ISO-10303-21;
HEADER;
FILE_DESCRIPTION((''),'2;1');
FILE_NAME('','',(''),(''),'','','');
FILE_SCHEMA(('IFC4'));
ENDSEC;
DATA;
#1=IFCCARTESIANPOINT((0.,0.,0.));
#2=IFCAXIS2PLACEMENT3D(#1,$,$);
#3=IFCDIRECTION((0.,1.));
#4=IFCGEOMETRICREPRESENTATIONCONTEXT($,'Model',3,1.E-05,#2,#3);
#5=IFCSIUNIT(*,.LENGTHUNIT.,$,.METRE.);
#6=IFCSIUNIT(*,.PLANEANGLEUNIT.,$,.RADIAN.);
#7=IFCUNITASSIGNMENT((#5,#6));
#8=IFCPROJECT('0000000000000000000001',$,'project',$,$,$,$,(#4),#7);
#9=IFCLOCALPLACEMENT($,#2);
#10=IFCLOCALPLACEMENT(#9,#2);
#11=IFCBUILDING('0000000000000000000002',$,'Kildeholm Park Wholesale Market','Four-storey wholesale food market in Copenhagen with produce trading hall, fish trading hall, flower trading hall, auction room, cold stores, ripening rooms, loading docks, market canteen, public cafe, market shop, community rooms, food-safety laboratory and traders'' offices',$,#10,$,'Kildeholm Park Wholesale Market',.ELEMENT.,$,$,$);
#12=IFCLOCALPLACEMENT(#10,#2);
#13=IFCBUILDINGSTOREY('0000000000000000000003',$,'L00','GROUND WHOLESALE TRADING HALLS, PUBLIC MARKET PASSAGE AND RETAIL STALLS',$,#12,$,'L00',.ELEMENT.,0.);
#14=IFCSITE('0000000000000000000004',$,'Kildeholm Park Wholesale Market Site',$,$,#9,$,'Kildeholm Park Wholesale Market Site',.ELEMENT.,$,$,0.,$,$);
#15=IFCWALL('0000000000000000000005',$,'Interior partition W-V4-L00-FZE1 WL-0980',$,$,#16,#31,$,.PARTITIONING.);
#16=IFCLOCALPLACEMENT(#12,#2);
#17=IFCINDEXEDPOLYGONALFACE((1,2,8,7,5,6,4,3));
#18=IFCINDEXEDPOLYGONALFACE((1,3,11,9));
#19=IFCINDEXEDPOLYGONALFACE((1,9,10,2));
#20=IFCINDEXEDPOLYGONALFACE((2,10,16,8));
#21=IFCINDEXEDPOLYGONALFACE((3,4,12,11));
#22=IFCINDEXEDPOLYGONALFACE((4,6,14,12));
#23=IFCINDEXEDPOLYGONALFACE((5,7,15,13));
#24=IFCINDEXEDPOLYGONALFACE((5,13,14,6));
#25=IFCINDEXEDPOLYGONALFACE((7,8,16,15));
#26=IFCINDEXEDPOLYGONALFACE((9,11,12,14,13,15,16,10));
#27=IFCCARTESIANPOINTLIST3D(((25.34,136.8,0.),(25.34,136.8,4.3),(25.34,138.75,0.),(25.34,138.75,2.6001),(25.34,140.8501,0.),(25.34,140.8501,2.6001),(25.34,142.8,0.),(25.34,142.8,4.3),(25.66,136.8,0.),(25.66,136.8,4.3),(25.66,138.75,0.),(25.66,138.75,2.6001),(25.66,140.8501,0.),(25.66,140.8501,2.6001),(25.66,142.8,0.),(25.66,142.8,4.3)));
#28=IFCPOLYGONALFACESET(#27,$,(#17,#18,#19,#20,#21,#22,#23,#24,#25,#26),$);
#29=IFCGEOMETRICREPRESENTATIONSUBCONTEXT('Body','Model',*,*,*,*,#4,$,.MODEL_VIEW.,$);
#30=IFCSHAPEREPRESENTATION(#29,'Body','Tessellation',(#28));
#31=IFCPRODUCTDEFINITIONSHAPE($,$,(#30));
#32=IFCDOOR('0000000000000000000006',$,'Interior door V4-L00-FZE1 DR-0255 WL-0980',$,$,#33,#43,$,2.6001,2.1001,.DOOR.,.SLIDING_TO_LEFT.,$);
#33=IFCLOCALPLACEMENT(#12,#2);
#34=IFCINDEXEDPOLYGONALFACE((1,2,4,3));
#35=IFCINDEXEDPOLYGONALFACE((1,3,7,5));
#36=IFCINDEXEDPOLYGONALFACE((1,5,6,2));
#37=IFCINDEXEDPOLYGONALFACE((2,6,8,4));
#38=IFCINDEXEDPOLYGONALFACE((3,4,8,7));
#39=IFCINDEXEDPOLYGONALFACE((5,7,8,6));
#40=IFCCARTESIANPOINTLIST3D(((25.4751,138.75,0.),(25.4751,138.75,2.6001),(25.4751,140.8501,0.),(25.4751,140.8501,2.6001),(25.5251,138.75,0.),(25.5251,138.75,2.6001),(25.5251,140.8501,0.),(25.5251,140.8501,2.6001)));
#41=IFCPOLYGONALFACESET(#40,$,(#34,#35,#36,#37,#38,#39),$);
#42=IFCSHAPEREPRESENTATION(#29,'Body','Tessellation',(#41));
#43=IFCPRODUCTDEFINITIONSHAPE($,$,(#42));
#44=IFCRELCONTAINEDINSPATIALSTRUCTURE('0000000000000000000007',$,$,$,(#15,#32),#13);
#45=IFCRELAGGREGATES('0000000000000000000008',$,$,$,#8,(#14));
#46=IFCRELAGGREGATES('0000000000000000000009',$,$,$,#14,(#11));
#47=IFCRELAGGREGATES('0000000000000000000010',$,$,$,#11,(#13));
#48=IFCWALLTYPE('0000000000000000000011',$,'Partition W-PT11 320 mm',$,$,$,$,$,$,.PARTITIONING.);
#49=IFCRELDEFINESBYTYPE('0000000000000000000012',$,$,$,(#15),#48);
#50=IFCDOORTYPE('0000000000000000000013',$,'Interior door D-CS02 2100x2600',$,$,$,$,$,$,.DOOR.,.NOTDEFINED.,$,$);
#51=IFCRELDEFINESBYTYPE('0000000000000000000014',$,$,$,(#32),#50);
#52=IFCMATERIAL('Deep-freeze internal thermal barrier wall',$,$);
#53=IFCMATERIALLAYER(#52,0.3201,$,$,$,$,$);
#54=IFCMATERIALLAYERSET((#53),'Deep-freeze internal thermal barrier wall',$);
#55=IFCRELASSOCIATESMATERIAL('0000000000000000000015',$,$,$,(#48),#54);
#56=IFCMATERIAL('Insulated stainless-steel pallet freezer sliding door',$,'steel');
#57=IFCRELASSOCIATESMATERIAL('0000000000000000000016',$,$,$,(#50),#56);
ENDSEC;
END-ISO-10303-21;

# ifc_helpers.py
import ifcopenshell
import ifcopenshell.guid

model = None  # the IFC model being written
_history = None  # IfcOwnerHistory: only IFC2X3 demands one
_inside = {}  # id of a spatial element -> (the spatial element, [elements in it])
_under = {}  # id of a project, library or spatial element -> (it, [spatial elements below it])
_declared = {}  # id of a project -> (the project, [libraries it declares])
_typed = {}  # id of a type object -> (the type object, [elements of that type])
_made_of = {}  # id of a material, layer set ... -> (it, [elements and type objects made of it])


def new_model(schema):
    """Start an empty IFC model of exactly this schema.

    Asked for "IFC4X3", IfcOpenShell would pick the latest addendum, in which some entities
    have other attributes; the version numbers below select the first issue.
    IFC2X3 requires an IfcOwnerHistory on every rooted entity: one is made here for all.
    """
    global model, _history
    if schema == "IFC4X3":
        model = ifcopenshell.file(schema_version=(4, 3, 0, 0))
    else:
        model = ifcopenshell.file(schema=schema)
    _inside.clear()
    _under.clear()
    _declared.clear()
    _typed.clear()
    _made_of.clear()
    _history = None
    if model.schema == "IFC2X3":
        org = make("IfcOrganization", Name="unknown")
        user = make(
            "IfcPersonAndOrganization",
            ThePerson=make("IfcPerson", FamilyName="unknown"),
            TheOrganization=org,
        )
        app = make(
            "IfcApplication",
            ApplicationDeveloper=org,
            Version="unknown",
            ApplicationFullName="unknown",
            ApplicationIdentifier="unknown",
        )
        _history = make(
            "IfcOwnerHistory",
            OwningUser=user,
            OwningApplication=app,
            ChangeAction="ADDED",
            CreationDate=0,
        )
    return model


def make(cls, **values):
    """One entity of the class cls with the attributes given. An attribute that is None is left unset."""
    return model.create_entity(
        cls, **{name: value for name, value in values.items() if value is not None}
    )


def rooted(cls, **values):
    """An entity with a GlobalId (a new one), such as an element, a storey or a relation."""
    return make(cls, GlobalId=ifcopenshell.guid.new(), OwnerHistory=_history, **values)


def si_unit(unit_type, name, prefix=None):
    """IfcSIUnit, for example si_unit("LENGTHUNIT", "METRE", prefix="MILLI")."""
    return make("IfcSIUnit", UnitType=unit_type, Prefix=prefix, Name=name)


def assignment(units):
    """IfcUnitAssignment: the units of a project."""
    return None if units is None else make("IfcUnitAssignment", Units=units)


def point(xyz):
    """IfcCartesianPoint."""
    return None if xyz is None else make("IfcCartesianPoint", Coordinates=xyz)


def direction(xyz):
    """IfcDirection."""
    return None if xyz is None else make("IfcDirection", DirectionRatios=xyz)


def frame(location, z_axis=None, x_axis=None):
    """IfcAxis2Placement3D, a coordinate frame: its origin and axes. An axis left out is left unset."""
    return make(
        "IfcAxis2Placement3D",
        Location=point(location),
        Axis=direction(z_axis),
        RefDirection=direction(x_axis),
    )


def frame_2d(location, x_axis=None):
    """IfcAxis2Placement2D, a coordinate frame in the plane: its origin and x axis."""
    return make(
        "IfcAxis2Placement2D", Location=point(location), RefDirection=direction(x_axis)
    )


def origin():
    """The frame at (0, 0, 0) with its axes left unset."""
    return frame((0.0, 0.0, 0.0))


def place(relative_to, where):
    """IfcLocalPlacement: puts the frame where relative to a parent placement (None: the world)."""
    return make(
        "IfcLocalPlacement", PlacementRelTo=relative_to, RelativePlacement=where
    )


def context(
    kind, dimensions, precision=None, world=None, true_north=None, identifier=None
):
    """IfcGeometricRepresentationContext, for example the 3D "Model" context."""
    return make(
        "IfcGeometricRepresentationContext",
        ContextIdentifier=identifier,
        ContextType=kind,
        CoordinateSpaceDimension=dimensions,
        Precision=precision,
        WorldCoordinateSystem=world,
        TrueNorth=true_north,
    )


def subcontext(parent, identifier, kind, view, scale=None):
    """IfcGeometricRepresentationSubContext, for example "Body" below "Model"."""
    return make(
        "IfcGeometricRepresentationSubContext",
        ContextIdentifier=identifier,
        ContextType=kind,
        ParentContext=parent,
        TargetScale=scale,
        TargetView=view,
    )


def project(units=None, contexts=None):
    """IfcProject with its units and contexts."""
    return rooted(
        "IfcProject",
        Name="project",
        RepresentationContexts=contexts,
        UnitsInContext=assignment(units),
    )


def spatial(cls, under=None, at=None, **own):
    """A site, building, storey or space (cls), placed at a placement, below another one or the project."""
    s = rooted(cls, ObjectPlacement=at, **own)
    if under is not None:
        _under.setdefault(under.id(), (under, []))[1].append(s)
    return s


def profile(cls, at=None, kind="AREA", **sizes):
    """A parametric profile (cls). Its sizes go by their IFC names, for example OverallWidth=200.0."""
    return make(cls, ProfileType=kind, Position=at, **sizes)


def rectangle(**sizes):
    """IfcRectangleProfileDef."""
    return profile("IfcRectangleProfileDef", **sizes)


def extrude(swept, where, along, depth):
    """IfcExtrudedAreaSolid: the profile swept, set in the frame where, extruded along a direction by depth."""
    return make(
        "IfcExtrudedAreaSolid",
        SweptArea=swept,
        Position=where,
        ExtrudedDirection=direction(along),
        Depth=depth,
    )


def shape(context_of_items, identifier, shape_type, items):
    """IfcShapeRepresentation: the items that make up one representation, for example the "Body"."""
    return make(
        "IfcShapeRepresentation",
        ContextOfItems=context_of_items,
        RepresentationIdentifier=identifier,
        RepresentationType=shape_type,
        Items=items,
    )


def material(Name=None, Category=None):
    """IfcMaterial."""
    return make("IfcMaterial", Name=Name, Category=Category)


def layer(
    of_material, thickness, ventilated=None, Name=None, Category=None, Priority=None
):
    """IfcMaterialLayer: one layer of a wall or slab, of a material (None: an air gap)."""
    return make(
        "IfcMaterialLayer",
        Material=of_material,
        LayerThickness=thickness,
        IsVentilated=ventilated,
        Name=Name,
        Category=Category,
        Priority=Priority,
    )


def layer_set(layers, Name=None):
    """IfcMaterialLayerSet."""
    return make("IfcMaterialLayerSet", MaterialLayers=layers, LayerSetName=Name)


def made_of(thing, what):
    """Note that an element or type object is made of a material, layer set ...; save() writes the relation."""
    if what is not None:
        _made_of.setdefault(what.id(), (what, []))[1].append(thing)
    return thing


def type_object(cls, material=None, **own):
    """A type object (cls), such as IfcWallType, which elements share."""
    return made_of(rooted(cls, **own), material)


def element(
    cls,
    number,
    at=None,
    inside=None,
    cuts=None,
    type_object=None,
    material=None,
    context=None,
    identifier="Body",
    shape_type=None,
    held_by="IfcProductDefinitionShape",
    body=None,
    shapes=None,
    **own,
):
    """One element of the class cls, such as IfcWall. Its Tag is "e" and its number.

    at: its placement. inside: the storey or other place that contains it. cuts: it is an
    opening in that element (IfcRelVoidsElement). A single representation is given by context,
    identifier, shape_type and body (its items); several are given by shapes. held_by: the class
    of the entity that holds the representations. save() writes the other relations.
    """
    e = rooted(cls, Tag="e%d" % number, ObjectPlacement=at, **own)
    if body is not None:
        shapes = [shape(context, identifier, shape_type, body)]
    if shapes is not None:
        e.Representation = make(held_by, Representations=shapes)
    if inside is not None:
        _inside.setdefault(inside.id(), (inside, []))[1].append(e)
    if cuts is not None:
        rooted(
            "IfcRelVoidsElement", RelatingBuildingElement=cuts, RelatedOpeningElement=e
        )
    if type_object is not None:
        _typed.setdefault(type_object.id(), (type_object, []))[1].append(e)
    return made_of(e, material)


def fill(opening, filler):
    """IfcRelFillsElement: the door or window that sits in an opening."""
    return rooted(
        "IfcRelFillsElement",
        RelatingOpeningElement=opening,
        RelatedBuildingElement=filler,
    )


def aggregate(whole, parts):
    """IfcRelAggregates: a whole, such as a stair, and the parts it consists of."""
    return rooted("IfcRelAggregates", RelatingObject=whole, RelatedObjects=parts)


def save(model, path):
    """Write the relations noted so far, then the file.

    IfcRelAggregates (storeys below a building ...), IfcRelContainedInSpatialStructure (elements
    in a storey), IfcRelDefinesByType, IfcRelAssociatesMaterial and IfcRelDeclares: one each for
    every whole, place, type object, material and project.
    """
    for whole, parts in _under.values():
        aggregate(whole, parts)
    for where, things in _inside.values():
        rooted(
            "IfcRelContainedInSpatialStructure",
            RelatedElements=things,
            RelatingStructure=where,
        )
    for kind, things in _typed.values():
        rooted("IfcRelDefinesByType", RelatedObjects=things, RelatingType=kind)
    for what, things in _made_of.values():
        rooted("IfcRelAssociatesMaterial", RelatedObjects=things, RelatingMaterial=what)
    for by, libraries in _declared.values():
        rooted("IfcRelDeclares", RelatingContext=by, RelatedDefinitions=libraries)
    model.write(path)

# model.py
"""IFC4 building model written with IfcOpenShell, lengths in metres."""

from ifc_helpers import new_model, si_unit, direction, frame, frame_2d, origin, place, context, subcontext, project, spatial, rectangle, extrude, material, layer, layer_set, type_object, element, fill, save


model = new_model("IFC4")

# Units and contexts
model_context = context("Model", 3, precision=1e-05, world=origin(), true_north=direction((0.0, 1.0)))
body_context = subcontext(model_context, "Body", "Model", "MODEL_VIEW")
ifc_project = project(units=[si_unit("LENGTHUNIT", "METRE"), si_unit("PLANEANGLEUNIT", "RADIAN")], contexts=[model_context])

# Site, building, storey
site_placement = place(None, origin())
site = spatial("IfcSite", under=ifc_project, at=site_placement, Name="Kildeholm Park Wholesale Market Site", LongName="Kildeholm Park Wholesale Market Site", CompositionType="ELEMENT", RefElevation=0.0)
building_placement = place(site_placement, origin())
building = spatial("IfcBuilding", under=site, at=building_placement, Name="Kildeholm Park Wholesale Market", Description="Four-storey wholesale food market in Copenhagen with produce trading hall, fish trading hall, flower trading hall, auction room, cold stores, ripening rooms, loading docks, market canteen, public cafe, market shop, community rooms, food-safety laboratory and traders' offices", LongName="Kildeholm Park Wholesale Market", CompositionType="ELEMENT")
storey_placement = place(building_placement, origin())
storey = spatial("IfcBuildingStorey", under=building, at=storey_placement, Name="L00", Description="GROUND WHOLESALE TRADING HALLS, PUBLIC MARKET PASSAGE AND RETAIL STALLS", LongName="L00", CompositionType="ELEMENT", Elevation=0.0)

# Wall, opening, door
ifc_material_1 = material(Name="Deep-freeze internal thermal barrier wall")
ifc_layer = layer(ifc_material_1, 0.3201)
ifc_layer_set = layer_set([ifc_layer], Name="Deep-freeze internal thermal barrier wall")
wall_type = type_object("IfcWallType", Name="Partition W-PT11 320 mm", PredefinedType="PARTITIONING", material=ifc_layer_set)
wall_placement = place(storey_placement, frame((25.5, 136.8, 0.0), z_axis=(0.0, 0.0, 1.0), x_axis=(0.0, 1.0, 0.0)))
wall = element("IfcWall", 1, at=wall_placement, inside=storey, type_object=wall_type, Name="Interior partition W-V4-L00-FZE1 WL-0980", PredefinedType="PARTITIONING", context=body_context, shape_type="SweptSolid", body=[
    extrude(rectangle(XDim=6.0, YDim=0.3201, at=frame_2d((3.0, 0.0))), origin(), (0.0, 0.0, 1.0), 4.3),
])
opening_placement = place(wall_placement, frame((1.95, 0.0, 0.0)))
opening = element("IfcOpeningElement", 2, at=opening_placement, cuts=wall, PredefinedType="OPENING", context=body_context, shape_type="SweptSolid", body=[
    extrude(rectangle(XDim=2.1001, YDim=2.6001, at=frame_2d((1.05, 1.3))), frame((0.0, 0.1699, 0.0), z_axis=(0.0, -1.0, 0.0), x_axis=(1.0, 0.0, 0.0)), (0.0, 0.0, 1.0), 0.3401),
])
ifc_material_2 = material(Name="Insulated stainless-steel pallet freezer sliding door", Category="steel")
door_type = type_object("IfcDoorType", Name="Interior door D-CS02 2100x2600", OperationType="NOTDEFINED", PredefinedType="DOOR", material=ifc_material_2)
door_placement = place(opening_placement, origin())
door = element("IfcDoor", 3, at=door_placement, inside=storey, type_object=door_type, Name="Interior door V4-L00-FZE1 DR-0255 WL-0980", OperationType="SLIDING_TO_LEFT", OverallHeight=2.6001, OverallWidth=2.1001, PredefinedType="DOOR", context=body_context, shape_type="SweptSolid", body=[
    extrude(rectangle(XDim=2.1001, YDim=2.6001, at=frame_2d((1.05, 1.3))), frame((0.0, 0.0249, 0.0), z_axis=(0.0, -1.0, 0.0), x_axis=(1.0, 0.0, 0.0)), (0.0, 0.0, 1.0), 0.05),
])
fill(opening, door)

save(model, "model.ifc")
